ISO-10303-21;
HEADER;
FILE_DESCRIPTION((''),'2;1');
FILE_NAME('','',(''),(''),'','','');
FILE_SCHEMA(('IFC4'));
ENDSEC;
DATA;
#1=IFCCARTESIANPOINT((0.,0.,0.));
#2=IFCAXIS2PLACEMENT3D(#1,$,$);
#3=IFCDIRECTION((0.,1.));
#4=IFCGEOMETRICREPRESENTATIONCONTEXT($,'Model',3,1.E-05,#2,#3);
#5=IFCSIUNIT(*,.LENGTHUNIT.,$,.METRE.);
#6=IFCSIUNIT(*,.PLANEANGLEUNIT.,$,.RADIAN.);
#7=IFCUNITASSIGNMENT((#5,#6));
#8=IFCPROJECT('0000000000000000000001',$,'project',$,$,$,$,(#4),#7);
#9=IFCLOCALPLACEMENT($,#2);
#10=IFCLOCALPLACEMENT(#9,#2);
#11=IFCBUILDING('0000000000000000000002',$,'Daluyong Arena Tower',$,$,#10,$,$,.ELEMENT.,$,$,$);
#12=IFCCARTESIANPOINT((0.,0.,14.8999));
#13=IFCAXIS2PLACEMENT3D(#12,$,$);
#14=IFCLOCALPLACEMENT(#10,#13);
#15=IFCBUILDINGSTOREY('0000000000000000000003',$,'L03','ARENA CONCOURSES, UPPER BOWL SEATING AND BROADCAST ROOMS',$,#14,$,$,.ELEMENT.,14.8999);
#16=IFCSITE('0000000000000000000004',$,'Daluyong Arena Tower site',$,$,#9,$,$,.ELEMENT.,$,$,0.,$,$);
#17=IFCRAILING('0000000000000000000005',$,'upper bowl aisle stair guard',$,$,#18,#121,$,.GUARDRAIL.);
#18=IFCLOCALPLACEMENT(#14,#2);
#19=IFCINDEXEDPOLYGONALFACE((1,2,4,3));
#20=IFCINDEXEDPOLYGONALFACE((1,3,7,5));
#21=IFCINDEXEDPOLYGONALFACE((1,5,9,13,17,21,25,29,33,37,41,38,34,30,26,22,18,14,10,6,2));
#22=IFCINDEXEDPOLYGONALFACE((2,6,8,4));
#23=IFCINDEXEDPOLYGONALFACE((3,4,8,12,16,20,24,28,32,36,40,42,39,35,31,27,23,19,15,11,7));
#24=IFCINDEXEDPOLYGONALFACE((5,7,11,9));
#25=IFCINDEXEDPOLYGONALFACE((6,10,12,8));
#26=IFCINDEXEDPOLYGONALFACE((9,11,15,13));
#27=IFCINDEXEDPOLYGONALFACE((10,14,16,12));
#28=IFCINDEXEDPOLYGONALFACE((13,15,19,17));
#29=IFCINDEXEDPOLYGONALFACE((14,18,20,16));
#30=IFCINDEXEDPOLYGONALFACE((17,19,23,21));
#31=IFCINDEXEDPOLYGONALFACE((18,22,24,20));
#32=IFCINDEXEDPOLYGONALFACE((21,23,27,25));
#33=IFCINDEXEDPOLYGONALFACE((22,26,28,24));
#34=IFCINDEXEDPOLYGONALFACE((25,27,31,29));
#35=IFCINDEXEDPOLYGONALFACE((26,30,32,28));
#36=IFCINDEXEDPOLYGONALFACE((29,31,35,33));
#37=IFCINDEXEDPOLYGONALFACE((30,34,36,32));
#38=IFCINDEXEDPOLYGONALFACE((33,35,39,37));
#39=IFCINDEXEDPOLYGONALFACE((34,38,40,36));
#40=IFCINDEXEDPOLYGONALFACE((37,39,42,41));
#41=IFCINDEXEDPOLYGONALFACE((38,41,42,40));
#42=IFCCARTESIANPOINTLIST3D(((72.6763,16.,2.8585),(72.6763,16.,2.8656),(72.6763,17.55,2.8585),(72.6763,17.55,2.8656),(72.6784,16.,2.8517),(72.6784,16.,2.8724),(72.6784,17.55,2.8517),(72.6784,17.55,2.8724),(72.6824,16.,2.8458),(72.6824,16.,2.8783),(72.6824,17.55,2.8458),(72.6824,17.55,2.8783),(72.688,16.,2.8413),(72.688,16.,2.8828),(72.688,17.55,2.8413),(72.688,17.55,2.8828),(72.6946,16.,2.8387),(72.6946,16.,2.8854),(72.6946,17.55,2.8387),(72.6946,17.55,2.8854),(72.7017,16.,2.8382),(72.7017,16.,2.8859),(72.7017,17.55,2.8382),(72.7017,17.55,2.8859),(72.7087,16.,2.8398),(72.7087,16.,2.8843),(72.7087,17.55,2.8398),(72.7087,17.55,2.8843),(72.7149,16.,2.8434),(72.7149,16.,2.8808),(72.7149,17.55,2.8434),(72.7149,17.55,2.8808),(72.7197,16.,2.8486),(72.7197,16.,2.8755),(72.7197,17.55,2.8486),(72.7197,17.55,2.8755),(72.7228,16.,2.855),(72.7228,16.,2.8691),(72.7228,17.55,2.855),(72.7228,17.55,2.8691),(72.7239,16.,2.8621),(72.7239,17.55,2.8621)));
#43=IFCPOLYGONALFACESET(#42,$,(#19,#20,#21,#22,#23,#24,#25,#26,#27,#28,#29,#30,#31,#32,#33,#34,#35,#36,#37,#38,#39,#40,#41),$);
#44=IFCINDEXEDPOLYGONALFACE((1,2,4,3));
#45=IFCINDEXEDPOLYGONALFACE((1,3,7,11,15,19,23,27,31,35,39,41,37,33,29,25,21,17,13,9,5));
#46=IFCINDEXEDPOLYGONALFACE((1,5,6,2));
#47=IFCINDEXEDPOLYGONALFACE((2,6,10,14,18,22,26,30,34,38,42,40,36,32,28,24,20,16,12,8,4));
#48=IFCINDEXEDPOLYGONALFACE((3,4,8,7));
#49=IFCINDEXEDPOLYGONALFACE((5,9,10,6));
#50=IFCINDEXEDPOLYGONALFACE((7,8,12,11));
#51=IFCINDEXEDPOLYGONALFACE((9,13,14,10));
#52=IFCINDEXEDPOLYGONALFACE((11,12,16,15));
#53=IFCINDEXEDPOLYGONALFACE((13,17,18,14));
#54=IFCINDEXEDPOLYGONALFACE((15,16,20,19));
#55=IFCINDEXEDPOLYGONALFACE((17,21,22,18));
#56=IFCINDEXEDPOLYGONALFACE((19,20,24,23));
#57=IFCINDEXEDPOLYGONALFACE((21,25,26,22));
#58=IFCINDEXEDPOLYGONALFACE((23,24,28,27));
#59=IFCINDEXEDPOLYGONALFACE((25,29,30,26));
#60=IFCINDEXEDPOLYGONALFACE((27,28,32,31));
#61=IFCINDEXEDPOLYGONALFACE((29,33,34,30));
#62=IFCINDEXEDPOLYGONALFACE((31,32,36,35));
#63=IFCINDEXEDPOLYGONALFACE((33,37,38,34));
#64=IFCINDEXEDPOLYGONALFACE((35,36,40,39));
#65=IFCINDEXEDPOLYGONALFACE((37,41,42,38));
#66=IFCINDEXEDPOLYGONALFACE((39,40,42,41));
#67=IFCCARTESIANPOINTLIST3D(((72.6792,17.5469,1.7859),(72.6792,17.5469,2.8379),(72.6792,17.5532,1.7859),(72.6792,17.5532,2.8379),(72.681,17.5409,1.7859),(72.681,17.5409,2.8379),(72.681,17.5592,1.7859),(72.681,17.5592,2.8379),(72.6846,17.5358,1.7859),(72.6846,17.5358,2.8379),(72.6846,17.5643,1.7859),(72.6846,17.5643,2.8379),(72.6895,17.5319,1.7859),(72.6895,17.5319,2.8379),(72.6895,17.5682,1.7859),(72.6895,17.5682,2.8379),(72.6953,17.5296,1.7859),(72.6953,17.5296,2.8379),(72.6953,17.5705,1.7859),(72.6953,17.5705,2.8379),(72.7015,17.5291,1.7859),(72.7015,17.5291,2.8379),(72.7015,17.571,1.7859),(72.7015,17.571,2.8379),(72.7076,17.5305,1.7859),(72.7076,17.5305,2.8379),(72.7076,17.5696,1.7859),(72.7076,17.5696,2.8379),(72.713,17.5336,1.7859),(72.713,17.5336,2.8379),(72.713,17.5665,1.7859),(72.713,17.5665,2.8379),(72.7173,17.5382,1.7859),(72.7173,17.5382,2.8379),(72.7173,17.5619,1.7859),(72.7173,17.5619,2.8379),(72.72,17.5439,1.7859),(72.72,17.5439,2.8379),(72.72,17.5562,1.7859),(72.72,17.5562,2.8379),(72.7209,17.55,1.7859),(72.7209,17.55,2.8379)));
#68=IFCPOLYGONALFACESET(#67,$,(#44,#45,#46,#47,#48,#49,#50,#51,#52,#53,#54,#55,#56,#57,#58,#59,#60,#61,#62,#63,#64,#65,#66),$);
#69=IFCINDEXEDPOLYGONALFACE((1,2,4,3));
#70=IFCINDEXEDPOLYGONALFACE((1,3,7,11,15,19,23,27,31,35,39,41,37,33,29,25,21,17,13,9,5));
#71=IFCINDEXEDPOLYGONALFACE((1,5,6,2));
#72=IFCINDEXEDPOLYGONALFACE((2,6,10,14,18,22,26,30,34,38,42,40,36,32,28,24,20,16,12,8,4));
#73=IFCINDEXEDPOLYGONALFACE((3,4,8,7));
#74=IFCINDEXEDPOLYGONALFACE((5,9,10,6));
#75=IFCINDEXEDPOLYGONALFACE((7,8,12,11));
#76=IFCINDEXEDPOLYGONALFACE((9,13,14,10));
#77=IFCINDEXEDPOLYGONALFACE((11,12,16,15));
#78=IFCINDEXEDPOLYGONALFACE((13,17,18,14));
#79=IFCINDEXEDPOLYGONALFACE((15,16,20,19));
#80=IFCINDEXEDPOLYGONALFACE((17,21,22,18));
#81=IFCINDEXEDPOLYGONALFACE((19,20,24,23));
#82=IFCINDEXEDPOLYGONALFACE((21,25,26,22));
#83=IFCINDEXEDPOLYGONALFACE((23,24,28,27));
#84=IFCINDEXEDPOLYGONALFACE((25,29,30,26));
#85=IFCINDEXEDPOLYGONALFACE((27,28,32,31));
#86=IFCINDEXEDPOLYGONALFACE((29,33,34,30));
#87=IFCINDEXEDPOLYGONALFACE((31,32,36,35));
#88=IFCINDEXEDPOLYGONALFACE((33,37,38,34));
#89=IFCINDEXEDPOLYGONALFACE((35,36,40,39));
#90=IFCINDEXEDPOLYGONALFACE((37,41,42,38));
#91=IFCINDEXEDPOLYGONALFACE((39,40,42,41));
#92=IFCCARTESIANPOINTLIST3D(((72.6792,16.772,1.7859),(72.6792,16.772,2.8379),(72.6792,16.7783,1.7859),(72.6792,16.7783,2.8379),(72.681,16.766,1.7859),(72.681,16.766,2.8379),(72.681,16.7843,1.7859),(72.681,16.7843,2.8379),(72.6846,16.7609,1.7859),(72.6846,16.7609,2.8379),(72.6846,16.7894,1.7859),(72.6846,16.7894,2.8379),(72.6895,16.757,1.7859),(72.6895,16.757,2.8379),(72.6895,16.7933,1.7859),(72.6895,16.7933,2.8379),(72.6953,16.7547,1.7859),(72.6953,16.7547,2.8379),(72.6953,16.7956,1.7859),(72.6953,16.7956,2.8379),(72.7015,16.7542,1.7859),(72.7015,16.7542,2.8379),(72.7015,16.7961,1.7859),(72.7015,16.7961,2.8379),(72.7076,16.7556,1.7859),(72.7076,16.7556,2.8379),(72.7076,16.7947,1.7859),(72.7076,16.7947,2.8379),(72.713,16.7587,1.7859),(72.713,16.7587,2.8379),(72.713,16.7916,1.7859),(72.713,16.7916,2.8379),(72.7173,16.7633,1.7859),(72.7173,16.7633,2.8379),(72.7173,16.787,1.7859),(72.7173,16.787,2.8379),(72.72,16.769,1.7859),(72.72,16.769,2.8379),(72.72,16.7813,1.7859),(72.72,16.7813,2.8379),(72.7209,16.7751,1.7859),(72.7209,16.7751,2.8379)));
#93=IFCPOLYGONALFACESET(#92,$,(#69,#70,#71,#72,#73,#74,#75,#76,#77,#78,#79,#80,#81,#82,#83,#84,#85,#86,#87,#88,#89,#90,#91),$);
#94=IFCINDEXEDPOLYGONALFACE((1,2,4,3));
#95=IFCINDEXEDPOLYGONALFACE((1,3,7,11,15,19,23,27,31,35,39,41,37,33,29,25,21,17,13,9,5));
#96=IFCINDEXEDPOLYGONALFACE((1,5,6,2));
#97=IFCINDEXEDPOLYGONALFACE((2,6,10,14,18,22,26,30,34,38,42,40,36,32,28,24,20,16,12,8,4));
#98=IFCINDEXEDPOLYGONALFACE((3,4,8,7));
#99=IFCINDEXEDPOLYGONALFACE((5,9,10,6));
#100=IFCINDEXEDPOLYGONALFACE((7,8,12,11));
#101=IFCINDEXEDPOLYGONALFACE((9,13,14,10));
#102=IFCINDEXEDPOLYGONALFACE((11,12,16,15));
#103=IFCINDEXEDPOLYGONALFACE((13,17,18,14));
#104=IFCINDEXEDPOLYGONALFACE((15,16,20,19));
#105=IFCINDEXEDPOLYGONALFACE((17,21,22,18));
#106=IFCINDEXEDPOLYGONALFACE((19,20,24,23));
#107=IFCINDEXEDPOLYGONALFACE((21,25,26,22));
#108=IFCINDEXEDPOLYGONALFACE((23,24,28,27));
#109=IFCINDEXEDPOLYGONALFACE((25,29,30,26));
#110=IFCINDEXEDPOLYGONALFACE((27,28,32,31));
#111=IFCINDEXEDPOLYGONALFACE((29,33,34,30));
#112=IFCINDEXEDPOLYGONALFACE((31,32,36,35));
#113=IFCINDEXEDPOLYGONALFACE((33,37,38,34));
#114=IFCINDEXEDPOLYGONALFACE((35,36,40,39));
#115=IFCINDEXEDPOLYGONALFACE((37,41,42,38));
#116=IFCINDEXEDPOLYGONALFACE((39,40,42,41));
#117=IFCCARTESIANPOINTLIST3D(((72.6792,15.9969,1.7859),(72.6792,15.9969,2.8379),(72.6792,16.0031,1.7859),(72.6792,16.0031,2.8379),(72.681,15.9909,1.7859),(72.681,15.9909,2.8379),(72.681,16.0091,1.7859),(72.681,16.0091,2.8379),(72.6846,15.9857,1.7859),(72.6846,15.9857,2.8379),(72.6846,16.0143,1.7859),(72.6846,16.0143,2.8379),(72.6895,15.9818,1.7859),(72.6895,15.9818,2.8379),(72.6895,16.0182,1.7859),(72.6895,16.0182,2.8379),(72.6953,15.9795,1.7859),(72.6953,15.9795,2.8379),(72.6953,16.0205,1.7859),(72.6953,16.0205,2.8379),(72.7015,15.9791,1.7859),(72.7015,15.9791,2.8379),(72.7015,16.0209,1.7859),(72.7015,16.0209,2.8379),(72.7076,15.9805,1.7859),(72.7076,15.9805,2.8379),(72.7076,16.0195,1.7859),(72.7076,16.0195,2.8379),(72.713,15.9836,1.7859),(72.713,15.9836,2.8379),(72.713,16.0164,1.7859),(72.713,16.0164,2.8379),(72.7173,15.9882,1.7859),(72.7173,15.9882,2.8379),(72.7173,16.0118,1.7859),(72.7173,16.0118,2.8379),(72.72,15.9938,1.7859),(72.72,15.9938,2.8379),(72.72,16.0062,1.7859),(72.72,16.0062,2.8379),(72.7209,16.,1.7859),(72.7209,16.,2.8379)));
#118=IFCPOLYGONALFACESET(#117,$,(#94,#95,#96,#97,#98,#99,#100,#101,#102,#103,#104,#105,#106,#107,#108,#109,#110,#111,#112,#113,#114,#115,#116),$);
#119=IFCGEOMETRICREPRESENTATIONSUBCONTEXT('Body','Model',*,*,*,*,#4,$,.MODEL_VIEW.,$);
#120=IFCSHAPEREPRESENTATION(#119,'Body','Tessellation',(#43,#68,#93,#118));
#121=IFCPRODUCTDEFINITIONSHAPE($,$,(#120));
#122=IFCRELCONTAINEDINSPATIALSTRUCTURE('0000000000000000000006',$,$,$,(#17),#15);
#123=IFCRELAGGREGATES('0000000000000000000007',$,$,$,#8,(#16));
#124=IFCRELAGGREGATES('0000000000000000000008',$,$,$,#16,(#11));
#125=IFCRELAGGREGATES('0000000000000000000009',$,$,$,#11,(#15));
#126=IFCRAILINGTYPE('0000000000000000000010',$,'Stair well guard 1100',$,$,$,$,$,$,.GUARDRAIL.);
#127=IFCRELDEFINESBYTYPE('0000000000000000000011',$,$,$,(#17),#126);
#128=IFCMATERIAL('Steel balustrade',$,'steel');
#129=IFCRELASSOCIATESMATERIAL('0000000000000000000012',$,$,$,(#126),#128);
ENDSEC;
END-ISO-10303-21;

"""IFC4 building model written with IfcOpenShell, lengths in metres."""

from ifc_helpers import new_model, si_unit, direction, frame, origin, origin_2d, place, context, subcontext, project, spatial, circle, extrude, material, type_object, element, save


model = new_model("IFC4")

# Units and contexts
model_context = context("Model", 3, precision=1e-05, world=origin(), true_north=direction((0.0, 1.0)))
body_context = subcontext(model_context, "Body", "Model", "MODEL_VIEW")
ifc_project = project(units=[si_unit("LENGTHUNIT", "METRE"), si_unit("PLANEANGLEUNIT", "RADIAN")], contexts=[model_context])

# Site, building, storey
site_placement = place(None, origin())
site = spatial("IfcSite", under=ifc_project, at=site_placement, Name="Daluyong Arena Tower site", CompositionType="ELEMENT", RefElevation=0.0)
building_placement = place(site_placement, origin())
building = spatial("IfcBuilding", under=site, at=building_placement, Name="Daluyong Arena Tower", CompositionType="ELEMENT")
storey_placement = place(building_placement, frame((0.0, 0.0, 14.8999)))
storey = spatial("IfcBuildingStorey", under=building, at=storey_placement, Name="L03", Description="ARENA CONCOURSES, UPPER BOWL SEATING AND BROADCAST ROOMS", CompositionType="ELEMENT", Elevation=14.8999)

# Railing
ifc_material_1 = material(Name="Steel balustrade", Category="steel")
railing_type_1 = type_object("IfcRailingType", Name="Stair well guard 1100", PredefinedType="GUARDRAIL", material=ifc_material_1)
railing_1_placement = place(storey_placement, frame((72.7, 17.55, 1.7859)))
element("IfcRailing", 1, at=railing_1_placement, inside=storey, type_object=railing_type_1, Name="upper bowl aisle stair guard", PredefinedType="GUARDRAIL", context=body_context, shape_type="SweptSolid", body=[
    extrude(circle(Radius=0.0239, at=origin_2d()), frame((0.0, 0.0, 1.0762), z_axis=(0.0, -1.0, 0.0), x_axis=(1.0, 0.0, 0.0)), (0.0, 0.0, 1.0), 1.55),
    extrude(circle(Radius=0.021, at=origin_2d()), origin(), (0.0, 0.0, 1.0), 1.052),
    extrude(circle(Radius=0.021, at=origin_2d()), frame((0.0, -0.7749, 0.0)), (0.0, 0.0, 1.0), 1.052),
    extrude(circle(Radius=0.021, at=origin_2d()), frame((0.0, -1.55, 0.0)), (0.0, 0.0, 1.0), 1.052),
])

save(model, "model.ifc")
